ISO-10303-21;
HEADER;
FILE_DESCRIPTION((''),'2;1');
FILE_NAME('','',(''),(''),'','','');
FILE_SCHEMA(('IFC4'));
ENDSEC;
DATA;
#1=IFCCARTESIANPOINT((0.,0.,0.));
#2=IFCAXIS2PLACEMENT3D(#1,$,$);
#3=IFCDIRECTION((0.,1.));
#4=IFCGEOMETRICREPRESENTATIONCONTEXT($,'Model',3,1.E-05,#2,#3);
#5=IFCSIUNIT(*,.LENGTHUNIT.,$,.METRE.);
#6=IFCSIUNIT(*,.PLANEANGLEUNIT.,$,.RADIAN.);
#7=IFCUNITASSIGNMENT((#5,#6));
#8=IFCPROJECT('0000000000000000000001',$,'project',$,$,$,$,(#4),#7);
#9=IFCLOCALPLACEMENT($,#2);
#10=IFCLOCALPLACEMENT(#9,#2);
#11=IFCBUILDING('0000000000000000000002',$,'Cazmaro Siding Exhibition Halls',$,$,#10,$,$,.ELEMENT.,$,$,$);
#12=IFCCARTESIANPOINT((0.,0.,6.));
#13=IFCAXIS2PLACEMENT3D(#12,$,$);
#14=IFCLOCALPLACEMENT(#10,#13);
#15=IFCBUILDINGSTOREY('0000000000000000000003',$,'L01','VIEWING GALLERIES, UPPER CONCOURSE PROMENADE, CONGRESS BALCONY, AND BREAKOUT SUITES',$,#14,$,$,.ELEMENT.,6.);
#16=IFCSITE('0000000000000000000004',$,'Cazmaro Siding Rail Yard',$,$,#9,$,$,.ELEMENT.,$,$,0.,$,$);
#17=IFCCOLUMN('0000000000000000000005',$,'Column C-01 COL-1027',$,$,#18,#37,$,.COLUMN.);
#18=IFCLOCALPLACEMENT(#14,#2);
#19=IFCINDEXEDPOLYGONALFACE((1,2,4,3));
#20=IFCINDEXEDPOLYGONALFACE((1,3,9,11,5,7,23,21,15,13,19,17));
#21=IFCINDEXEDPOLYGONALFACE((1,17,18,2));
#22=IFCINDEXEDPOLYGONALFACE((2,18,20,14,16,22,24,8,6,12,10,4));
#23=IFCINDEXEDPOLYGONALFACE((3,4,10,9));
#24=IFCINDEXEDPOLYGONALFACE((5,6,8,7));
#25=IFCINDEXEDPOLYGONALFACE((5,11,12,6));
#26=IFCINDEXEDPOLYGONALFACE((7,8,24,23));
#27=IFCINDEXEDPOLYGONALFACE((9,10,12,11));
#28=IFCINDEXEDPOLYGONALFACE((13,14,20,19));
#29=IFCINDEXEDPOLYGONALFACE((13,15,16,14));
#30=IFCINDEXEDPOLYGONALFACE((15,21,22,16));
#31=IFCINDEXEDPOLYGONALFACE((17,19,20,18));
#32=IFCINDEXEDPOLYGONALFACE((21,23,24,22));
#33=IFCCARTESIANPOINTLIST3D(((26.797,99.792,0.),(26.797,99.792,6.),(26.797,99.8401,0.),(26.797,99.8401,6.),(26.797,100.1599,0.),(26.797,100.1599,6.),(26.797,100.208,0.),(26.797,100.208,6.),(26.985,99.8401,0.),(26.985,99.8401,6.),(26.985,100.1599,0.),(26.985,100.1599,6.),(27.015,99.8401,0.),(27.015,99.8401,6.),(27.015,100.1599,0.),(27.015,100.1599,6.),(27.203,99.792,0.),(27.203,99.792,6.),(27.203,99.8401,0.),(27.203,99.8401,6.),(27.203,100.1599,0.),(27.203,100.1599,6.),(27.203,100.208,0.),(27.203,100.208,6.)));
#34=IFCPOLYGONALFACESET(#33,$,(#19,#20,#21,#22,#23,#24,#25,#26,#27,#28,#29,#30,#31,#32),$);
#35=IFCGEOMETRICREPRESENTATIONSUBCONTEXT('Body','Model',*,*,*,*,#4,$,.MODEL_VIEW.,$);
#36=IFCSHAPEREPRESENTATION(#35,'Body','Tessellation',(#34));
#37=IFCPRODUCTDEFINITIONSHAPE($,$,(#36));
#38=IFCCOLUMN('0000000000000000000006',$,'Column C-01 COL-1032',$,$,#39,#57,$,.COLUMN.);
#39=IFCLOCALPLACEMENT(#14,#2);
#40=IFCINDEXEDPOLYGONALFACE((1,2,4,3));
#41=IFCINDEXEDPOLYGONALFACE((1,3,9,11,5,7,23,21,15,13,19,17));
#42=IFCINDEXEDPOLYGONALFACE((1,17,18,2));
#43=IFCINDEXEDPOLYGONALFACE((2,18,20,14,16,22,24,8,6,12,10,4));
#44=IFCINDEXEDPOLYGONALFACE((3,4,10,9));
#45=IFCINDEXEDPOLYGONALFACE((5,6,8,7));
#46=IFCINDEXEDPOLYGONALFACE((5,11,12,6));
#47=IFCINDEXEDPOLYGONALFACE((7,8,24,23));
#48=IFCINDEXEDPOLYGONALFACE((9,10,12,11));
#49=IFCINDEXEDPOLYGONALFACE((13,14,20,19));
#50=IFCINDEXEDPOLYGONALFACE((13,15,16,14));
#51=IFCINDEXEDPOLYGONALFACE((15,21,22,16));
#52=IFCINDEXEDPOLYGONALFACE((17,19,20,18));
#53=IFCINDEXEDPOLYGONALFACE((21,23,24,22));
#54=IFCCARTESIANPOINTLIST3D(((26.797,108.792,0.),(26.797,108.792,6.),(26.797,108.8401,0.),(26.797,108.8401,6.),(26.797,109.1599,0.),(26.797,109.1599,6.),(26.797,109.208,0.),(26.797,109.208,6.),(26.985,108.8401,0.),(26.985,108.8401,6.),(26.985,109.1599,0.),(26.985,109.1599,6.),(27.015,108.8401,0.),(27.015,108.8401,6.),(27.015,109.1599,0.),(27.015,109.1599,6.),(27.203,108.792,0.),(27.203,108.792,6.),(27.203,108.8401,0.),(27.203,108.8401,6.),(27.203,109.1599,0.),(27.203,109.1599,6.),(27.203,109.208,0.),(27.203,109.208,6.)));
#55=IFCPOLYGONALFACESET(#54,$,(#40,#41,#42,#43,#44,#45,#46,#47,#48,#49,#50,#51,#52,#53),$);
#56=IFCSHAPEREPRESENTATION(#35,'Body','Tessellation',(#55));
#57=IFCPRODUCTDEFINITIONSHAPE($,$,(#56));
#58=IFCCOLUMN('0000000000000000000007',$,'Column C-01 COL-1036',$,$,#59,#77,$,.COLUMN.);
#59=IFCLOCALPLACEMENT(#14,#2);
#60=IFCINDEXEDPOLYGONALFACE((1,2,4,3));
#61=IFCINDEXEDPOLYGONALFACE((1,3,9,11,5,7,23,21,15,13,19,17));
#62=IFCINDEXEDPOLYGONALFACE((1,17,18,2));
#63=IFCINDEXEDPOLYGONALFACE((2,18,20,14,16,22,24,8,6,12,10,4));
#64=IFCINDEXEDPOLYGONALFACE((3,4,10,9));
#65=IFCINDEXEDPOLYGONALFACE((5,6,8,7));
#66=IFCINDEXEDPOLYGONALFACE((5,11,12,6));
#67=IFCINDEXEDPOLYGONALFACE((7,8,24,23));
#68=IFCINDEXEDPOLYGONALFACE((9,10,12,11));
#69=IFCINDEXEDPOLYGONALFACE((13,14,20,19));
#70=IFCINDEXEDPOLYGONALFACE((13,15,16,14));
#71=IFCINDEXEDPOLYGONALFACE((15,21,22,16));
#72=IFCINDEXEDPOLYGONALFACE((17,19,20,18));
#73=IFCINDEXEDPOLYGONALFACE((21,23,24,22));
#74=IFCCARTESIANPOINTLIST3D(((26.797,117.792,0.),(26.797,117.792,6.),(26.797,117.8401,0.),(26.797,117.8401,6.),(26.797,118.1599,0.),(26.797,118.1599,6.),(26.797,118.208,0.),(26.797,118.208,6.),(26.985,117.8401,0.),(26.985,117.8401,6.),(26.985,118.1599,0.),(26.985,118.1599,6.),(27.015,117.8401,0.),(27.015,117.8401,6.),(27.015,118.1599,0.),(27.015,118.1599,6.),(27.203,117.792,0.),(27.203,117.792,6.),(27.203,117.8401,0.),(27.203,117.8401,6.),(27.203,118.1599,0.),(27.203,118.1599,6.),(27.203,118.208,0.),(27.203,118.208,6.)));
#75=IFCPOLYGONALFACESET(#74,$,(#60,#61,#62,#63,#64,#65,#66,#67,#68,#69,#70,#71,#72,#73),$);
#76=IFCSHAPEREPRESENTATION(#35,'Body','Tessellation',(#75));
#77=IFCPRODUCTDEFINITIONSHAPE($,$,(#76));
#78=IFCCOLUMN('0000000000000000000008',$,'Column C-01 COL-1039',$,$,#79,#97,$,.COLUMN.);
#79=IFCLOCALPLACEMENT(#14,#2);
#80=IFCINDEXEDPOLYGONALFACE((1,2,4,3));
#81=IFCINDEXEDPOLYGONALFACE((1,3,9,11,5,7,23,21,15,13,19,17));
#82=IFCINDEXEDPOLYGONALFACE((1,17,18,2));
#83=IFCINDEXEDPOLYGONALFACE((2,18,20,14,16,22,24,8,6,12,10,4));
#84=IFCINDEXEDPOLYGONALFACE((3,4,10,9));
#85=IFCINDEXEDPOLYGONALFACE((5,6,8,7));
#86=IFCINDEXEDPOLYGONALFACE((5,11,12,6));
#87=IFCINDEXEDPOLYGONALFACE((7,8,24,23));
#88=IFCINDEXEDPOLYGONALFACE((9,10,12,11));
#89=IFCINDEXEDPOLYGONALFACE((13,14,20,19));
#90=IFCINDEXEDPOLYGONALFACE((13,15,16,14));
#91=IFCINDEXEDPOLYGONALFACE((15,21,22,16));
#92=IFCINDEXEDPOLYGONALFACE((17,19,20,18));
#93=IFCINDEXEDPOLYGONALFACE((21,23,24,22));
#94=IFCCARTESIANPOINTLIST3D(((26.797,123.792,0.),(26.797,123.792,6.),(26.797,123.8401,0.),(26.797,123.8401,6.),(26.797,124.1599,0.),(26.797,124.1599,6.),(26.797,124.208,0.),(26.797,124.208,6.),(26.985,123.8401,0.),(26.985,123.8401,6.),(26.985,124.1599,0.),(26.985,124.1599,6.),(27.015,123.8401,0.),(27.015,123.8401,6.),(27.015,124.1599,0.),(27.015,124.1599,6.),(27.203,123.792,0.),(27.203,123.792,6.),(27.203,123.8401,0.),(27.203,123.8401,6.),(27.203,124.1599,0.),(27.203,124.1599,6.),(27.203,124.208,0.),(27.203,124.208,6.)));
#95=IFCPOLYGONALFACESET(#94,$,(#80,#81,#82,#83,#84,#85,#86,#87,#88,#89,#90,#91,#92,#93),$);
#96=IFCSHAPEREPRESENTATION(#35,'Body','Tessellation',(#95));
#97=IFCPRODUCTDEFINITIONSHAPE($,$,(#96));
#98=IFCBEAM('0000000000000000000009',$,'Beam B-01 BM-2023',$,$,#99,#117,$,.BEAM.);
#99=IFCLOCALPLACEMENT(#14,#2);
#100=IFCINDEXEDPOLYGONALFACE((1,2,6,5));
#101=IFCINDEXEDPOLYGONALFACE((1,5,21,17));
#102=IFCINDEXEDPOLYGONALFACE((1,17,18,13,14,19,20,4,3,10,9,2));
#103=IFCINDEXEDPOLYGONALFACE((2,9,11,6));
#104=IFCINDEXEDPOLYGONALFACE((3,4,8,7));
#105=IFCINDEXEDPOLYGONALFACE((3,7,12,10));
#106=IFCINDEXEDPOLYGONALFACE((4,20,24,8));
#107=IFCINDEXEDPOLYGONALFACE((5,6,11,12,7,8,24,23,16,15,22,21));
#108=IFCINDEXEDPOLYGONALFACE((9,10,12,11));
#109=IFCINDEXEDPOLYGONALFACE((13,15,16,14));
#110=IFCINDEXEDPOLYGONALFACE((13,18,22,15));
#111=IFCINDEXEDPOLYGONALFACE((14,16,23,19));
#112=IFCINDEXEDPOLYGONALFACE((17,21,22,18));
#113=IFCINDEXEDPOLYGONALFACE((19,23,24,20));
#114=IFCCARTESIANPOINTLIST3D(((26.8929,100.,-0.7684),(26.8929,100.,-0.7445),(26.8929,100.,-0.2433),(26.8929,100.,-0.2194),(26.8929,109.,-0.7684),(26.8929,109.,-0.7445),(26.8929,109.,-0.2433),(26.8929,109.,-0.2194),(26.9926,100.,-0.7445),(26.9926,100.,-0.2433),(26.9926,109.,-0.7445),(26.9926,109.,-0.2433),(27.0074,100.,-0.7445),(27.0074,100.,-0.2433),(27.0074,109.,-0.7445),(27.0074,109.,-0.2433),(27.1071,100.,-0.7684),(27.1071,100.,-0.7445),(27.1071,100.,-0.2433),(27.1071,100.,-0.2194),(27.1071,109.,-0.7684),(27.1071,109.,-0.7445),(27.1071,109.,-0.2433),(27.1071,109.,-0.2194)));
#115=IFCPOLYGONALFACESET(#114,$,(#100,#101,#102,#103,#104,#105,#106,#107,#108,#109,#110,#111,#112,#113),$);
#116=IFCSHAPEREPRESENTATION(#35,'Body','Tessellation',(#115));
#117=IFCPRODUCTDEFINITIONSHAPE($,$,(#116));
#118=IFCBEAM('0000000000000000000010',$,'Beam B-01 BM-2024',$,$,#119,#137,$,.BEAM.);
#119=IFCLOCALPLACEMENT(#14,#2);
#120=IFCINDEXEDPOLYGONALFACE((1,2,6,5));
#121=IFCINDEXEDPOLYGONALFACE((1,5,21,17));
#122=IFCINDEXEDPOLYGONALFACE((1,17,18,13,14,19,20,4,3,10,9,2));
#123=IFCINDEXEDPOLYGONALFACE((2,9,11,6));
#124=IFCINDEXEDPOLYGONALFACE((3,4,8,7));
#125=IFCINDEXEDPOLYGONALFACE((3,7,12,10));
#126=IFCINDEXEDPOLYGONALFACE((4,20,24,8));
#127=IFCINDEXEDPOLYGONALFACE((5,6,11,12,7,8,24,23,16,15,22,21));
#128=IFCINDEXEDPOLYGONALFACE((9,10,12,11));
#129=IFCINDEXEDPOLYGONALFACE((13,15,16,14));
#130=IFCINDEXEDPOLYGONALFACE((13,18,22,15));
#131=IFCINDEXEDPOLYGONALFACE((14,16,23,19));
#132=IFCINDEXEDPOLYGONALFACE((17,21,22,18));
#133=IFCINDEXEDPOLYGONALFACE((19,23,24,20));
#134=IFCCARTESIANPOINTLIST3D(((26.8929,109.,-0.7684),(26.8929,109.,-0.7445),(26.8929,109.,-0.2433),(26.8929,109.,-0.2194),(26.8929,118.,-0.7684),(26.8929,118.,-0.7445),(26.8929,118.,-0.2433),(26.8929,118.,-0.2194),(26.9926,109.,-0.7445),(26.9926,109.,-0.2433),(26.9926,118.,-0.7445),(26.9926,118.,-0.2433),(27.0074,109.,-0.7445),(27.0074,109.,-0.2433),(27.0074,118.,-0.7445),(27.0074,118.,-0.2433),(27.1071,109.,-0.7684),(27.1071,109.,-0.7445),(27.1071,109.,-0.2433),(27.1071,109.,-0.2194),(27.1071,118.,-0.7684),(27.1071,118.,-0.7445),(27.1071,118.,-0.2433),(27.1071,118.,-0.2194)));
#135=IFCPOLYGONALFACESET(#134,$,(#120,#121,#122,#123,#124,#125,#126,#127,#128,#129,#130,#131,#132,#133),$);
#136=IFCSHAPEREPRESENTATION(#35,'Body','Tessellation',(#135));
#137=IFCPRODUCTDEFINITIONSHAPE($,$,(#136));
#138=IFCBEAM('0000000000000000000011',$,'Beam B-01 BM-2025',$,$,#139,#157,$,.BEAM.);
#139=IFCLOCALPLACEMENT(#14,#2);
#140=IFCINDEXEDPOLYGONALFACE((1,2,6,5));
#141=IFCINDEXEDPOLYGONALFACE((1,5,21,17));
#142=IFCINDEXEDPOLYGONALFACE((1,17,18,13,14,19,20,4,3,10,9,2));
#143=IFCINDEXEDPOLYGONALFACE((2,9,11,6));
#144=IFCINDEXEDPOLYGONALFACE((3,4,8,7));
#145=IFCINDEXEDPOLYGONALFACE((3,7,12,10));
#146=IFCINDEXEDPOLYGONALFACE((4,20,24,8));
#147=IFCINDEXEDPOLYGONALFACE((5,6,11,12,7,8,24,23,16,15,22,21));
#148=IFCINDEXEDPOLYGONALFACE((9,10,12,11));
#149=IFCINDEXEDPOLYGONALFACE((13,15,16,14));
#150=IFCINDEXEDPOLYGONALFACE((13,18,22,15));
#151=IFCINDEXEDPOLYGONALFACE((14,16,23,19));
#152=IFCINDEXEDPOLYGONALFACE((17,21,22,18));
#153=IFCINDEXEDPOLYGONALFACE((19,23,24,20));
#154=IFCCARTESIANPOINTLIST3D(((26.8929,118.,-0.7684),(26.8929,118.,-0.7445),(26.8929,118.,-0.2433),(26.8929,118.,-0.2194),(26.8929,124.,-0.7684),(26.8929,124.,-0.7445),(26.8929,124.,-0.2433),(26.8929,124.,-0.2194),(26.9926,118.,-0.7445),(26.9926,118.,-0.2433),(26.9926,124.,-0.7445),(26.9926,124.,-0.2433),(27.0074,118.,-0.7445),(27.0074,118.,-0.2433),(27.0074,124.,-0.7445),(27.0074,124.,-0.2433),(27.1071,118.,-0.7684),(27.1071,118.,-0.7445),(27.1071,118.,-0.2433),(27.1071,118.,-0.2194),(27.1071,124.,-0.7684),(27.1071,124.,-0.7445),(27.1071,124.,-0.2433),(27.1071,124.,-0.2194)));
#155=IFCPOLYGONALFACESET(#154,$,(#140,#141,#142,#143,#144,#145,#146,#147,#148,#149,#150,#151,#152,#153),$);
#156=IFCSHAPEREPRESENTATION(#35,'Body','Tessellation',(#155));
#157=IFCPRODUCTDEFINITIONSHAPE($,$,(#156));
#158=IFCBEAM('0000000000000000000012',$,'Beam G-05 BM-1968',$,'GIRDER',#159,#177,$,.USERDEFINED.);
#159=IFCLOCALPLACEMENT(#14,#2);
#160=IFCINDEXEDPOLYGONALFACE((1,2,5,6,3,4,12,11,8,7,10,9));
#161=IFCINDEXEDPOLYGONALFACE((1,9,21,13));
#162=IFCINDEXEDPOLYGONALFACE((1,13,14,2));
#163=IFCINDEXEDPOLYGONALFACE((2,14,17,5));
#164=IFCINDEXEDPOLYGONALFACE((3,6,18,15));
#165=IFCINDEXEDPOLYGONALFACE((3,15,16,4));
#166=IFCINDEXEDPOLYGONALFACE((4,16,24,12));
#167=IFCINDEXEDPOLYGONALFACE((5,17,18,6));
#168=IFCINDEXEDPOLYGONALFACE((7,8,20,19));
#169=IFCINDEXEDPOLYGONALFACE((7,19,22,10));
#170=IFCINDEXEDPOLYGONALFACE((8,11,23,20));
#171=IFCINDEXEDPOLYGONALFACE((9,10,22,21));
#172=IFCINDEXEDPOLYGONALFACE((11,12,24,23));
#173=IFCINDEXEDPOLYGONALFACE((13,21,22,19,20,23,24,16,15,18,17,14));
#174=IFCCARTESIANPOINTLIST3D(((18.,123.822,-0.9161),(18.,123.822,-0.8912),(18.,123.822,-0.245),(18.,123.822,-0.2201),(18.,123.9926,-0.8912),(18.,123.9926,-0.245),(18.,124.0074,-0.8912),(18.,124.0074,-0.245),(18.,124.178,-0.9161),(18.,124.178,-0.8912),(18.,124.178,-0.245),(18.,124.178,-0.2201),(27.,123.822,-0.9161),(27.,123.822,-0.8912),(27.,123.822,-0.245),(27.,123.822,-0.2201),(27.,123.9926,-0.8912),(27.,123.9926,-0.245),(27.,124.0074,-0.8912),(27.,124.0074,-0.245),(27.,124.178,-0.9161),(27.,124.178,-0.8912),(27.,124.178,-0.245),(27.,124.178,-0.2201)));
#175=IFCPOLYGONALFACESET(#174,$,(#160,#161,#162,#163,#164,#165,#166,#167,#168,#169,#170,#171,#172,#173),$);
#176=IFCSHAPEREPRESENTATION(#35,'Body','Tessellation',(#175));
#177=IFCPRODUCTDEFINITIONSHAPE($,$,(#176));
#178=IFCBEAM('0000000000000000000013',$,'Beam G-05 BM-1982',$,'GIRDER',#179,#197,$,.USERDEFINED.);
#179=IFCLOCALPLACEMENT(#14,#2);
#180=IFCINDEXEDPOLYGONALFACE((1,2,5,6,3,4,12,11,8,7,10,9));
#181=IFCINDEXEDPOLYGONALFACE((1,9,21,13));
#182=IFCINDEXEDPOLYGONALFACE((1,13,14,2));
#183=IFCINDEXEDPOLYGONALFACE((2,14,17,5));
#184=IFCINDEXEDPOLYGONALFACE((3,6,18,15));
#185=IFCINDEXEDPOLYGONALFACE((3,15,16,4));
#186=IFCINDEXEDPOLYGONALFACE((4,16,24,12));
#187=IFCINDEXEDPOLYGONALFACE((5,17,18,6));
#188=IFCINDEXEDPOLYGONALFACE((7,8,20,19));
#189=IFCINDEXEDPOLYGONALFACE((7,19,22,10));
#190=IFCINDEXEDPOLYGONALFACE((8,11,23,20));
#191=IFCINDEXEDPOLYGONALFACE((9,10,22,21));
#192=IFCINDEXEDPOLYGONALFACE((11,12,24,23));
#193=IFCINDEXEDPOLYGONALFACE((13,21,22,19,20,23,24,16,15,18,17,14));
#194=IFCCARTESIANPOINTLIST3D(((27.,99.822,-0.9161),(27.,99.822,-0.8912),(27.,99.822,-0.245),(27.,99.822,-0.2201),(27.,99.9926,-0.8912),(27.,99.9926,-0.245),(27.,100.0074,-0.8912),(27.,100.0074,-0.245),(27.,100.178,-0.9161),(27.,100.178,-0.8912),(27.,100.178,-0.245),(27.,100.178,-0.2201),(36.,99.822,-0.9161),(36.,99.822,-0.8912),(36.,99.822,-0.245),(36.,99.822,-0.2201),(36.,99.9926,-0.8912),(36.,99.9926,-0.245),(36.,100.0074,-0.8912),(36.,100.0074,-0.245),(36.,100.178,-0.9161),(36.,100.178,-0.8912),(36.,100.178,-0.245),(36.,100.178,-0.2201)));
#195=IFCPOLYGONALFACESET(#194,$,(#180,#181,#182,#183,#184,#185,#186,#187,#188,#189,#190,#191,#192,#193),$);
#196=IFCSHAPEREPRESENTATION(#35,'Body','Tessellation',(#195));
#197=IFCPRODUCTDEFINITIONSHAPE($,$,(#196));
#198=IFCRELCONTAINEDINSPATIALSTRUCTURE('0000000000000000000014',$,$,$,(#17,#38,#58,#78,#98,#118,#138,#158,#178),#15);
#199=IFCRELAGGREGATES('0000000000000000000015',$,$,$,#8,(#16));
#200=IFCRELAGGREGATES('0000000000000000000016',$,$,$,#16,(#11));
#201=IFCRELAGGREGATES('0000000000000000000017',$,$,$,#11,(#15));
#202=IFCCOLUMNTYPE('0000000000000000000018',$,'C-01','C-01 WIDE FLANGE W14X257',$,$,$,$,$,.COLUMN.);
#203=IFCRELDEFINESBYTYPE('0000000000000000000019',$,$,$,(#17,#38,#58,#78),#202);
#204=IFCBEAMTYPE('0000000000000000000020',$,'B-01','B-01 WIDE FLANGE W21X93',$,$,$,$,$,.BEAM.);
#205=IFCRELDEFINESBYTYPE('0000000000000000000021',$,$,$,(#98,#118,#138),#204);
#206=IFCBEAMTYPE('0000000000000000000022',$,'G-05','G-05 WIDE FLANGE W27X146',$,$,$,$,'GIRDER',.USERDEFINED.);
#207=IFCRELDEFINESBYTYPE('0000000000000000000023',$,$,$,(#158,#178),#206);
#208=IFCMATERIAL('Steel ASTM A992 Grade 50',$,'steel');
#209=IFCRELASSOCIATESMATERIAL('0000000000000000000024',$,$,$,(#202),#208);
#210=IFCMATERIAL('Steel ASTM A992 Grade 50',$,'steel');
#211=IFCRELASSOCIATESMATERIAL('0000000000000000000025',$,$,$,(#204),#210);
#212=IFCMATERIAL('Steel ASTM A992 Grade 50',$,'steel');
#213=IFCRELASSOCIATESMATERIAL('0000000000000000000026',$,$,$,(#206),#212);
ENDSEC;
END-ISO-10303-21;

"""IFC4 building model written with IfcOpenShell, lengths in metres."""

from ifc_helpers import new_model, si_unit, direction, frame, origin, origin_2d, place, context, subcontext, project, spatial, i_section, extrude, material, material_profile, profile_set, type_object, element, save


model = new_model("IFC4")

# Units and contexts
model_context = context("Model", 3, precision=1e-05, world=origin(), true_north=direction((0.0, 1.0)))
body_context = subcontext(model_context, "Body", "Model", "MODEL_VIEW")
ifc_project = project(units=[si_unit("LENGTHUNIT", "METRE"), si_unit("PLANEANGLEUNIT", "RADIAN")], contexts=[model_context])

# Site, building, storey
site_placement = place(None, origin())
site = spatial("IfcSite", under=ifc_project, at=site_placement, Name="Cazmaro Siding Rail Yard", CompositionType="ELEMENT", RefElevation=0.0)
building_placement = place(site_placement, origin())
building = spatial("IfcBuilding", under=site, at=building_placement, Name="Cazmaro Siding Exhibition Halls", CompositionType="ELEMENT")
storey_placement = place(building_placement, frame((0.0, 0.0, 6.0)))
storey = spatial("IfcBuildingStorey", under=building, at=storey_placement, Name="L01", Description="VIEWING GALLERIES, UPPER CONCOURSE PROMENADE, CONGRESS BALCONY, AND BREAKOUT SUITES", CompositionType="ELEMENT", Elevation=6.0)

# Columns
ifc_material_1 = material(Name="Steel ASTM A992 Grade 50", Category="steel")
ifc_material_profile_1 = material_profile(ifc_material_1, i_section(OverallWidth=0.406, OverallDepth=0.416, WebThickness=0.03, FlangeThickness=0.0481, at=origin_2d()), Name="W14X257")
ifc_profile_set_1 = profile_set([ifc_material_profile_1], Name="Steel ASTM A992 Grade 50")
column_type = type_object("IfcColumnType", Name="C-01", Description="C-01 WIDE FLANGE W14X257", PredefinedType="COLUMN", material=ifc_profile_set_1)
for number, where, z_axis, x_axis, name in (
    (1, (27.0, 100.0, 0.0), (0.0, 0.0, 1.0), (1.0, 0.0, 0.0), "Column C-01 COL-1027"),
    (2, (27.0, 109.0, 0.0), (0.0, 0.0, 1.0), (1.0, 0.0, 0.0), "Column C-01 COL-1032"),
    (3, (27.0, 118.0, 0.0), (0.0, 0.0, 1.0), (1.0, 0.0, 0.0), "Column C-01 COL-1036"),
    (4, (27.0, 124.0, 0.0), (0.0, 0.0, 1.0), (1.0, 0.0, 0.0), "Column C-01 COL-1039"),
):
    element("IfcColumn", number, at=place(storey_placement, frame(where, z_axis=z_axis, x_axis=x_axis)), inside=storey, type_object=column_type, Name=name, PredefinedType="COLUMN", context=body_context, shape_type="SweptSolid", body=[
        extrude(i_section(OverallWidth=0.406, OverallDepth=0.416, WebThickness=0.03, FlangeThickness=0.0481, at=origin_2d()), origin(), (0.0, 0.0, 1.0), 6.0),
    ])

# Beams
ifc_material_2 = material(Name="Steel ASTM A992 Grade 50", Category="steel")
ifc_material_profile_2 = material_profile(ifc_material_2, i_section(OverallWidth=0.2141, OverallDepth=0.5491, WebThickness=0.0149, FlangeThickness=0.0239, at=origin_2d()), Name="W21X93")
ifc_profile_set_2 = profile_set([ifc_material_profile_2], Name="Steel ASTM A992 Grade 50")
beam_type_1 = type_object("IfcBeamType", Name="B-01", Description="B-01 WIDE FLANGE W21X93", PredefinedType="BEAM", material=ifc_profile_set_2)
for number, where, z_axis, x_axis, name in (
    (5, (27.0, 100.0, -0.4939), (0.0, 1.0, 0.0), (-1.0, 0.0, 0.0), "Beam B-01 BM-2023"),
    (6, (27.0, 109.0, -0.4939), (0.0, 1.0, 0.0), (-1.0, 0.0, 0.0), "Beam B-01 BM-2024"),
):
    element("IfcBeam", number, at=place(storey_placement, frame(where, z_axis=z_axis, x_axis=x_axis)), inside=storey, type_object=beam_type_1, Name=name, PredefinedType="BEAM", context=body_context, shape_type="SweptSolid", body=[
        extrude(i_section(OverallWidth=0.2141, OverallDepth=0.5491, WebThickness=0.0149, FlangeThickness=0.0239, at=origin_2d()), origin(), (0.0, 0.0, 1.0), 9.0),
    ])
beam_placement = place(storey_placement, frame((27.0, 118.0, -0.4939), z_axis=(0.0, 1.0, 0.0), x_axis=(-1.0, 0.0, 0.0)))
element("IfcBeam", 7, at=beam_placement, inside=storey, type_object=beam_type_1, Name="Beam B-01 BM-2025", PredefinedType="BEAM", context=body_context, shape_type="SweptSolid", body=[
    extrude(i_section(OverallWidth=0.2141, OverallDepth=0.5491, WebThickness=0.0149, FlangeThickness=0.0239, at=origin_2d()), origin(), (0.0, 0.0, 1.0), 6.0),
])
ifc_material_3 = material(Name="Steel ASTM A992 Grade 50", Category="steel")
ifc_material_profile_3 = material_profile(ifc_material_3, i_section(OverallWidth=0.356, OverallDepth=0.696, WebThickness=0.0149, FlangeThickness=0.0249, at=origin_2d()), Name="W27X146")
ifc_profile_set_3 = profile_set([ifc_material_profile_3], Name="Steel ASTM A992 Grade 50")
beam_type_2 = type_object("IfcBeamType", Name="G-05", Description="G-05 WIDE FLANGE W27X146", ElementType="GIRDER", PredefinedType="USERDEFINED", material=ifc_profile_set_3)
for number, where, z_axis, x_axis, name in (
    (8, (18.0, 124.0, -0.5681), (1.0, 0.0, 0.0), (0.0, 1.0, 0.0), "Beam G-05 BM-1968"),
    (9, (27.0, 100.0, -0.5681), (1.0, 0.0, 0.0), (0.0, 1.0, 0.0), "Beam G-05 BM-1982"),
):
    element("IfcBeam", number, at=place(storey_placement, frame(where, z_axis=z_axis, x_axis=x_axis)), inside=storey, type_object=beam_type_2, Name=name, ObjectType="GIRDER", PredefinedType="USERDEFINED", context=body_context, shape_type="SweptSolid", body=[
        extrude(i_section(OverallWidth=0.356, OverallDepth=0.696, WebThickness=0.0149, FlangeThickness=0.0249, at=origin_2d()), origin(), (0.0, 0.0, 1.0), 9.0),
    ])

save(model, "model.ifc")
